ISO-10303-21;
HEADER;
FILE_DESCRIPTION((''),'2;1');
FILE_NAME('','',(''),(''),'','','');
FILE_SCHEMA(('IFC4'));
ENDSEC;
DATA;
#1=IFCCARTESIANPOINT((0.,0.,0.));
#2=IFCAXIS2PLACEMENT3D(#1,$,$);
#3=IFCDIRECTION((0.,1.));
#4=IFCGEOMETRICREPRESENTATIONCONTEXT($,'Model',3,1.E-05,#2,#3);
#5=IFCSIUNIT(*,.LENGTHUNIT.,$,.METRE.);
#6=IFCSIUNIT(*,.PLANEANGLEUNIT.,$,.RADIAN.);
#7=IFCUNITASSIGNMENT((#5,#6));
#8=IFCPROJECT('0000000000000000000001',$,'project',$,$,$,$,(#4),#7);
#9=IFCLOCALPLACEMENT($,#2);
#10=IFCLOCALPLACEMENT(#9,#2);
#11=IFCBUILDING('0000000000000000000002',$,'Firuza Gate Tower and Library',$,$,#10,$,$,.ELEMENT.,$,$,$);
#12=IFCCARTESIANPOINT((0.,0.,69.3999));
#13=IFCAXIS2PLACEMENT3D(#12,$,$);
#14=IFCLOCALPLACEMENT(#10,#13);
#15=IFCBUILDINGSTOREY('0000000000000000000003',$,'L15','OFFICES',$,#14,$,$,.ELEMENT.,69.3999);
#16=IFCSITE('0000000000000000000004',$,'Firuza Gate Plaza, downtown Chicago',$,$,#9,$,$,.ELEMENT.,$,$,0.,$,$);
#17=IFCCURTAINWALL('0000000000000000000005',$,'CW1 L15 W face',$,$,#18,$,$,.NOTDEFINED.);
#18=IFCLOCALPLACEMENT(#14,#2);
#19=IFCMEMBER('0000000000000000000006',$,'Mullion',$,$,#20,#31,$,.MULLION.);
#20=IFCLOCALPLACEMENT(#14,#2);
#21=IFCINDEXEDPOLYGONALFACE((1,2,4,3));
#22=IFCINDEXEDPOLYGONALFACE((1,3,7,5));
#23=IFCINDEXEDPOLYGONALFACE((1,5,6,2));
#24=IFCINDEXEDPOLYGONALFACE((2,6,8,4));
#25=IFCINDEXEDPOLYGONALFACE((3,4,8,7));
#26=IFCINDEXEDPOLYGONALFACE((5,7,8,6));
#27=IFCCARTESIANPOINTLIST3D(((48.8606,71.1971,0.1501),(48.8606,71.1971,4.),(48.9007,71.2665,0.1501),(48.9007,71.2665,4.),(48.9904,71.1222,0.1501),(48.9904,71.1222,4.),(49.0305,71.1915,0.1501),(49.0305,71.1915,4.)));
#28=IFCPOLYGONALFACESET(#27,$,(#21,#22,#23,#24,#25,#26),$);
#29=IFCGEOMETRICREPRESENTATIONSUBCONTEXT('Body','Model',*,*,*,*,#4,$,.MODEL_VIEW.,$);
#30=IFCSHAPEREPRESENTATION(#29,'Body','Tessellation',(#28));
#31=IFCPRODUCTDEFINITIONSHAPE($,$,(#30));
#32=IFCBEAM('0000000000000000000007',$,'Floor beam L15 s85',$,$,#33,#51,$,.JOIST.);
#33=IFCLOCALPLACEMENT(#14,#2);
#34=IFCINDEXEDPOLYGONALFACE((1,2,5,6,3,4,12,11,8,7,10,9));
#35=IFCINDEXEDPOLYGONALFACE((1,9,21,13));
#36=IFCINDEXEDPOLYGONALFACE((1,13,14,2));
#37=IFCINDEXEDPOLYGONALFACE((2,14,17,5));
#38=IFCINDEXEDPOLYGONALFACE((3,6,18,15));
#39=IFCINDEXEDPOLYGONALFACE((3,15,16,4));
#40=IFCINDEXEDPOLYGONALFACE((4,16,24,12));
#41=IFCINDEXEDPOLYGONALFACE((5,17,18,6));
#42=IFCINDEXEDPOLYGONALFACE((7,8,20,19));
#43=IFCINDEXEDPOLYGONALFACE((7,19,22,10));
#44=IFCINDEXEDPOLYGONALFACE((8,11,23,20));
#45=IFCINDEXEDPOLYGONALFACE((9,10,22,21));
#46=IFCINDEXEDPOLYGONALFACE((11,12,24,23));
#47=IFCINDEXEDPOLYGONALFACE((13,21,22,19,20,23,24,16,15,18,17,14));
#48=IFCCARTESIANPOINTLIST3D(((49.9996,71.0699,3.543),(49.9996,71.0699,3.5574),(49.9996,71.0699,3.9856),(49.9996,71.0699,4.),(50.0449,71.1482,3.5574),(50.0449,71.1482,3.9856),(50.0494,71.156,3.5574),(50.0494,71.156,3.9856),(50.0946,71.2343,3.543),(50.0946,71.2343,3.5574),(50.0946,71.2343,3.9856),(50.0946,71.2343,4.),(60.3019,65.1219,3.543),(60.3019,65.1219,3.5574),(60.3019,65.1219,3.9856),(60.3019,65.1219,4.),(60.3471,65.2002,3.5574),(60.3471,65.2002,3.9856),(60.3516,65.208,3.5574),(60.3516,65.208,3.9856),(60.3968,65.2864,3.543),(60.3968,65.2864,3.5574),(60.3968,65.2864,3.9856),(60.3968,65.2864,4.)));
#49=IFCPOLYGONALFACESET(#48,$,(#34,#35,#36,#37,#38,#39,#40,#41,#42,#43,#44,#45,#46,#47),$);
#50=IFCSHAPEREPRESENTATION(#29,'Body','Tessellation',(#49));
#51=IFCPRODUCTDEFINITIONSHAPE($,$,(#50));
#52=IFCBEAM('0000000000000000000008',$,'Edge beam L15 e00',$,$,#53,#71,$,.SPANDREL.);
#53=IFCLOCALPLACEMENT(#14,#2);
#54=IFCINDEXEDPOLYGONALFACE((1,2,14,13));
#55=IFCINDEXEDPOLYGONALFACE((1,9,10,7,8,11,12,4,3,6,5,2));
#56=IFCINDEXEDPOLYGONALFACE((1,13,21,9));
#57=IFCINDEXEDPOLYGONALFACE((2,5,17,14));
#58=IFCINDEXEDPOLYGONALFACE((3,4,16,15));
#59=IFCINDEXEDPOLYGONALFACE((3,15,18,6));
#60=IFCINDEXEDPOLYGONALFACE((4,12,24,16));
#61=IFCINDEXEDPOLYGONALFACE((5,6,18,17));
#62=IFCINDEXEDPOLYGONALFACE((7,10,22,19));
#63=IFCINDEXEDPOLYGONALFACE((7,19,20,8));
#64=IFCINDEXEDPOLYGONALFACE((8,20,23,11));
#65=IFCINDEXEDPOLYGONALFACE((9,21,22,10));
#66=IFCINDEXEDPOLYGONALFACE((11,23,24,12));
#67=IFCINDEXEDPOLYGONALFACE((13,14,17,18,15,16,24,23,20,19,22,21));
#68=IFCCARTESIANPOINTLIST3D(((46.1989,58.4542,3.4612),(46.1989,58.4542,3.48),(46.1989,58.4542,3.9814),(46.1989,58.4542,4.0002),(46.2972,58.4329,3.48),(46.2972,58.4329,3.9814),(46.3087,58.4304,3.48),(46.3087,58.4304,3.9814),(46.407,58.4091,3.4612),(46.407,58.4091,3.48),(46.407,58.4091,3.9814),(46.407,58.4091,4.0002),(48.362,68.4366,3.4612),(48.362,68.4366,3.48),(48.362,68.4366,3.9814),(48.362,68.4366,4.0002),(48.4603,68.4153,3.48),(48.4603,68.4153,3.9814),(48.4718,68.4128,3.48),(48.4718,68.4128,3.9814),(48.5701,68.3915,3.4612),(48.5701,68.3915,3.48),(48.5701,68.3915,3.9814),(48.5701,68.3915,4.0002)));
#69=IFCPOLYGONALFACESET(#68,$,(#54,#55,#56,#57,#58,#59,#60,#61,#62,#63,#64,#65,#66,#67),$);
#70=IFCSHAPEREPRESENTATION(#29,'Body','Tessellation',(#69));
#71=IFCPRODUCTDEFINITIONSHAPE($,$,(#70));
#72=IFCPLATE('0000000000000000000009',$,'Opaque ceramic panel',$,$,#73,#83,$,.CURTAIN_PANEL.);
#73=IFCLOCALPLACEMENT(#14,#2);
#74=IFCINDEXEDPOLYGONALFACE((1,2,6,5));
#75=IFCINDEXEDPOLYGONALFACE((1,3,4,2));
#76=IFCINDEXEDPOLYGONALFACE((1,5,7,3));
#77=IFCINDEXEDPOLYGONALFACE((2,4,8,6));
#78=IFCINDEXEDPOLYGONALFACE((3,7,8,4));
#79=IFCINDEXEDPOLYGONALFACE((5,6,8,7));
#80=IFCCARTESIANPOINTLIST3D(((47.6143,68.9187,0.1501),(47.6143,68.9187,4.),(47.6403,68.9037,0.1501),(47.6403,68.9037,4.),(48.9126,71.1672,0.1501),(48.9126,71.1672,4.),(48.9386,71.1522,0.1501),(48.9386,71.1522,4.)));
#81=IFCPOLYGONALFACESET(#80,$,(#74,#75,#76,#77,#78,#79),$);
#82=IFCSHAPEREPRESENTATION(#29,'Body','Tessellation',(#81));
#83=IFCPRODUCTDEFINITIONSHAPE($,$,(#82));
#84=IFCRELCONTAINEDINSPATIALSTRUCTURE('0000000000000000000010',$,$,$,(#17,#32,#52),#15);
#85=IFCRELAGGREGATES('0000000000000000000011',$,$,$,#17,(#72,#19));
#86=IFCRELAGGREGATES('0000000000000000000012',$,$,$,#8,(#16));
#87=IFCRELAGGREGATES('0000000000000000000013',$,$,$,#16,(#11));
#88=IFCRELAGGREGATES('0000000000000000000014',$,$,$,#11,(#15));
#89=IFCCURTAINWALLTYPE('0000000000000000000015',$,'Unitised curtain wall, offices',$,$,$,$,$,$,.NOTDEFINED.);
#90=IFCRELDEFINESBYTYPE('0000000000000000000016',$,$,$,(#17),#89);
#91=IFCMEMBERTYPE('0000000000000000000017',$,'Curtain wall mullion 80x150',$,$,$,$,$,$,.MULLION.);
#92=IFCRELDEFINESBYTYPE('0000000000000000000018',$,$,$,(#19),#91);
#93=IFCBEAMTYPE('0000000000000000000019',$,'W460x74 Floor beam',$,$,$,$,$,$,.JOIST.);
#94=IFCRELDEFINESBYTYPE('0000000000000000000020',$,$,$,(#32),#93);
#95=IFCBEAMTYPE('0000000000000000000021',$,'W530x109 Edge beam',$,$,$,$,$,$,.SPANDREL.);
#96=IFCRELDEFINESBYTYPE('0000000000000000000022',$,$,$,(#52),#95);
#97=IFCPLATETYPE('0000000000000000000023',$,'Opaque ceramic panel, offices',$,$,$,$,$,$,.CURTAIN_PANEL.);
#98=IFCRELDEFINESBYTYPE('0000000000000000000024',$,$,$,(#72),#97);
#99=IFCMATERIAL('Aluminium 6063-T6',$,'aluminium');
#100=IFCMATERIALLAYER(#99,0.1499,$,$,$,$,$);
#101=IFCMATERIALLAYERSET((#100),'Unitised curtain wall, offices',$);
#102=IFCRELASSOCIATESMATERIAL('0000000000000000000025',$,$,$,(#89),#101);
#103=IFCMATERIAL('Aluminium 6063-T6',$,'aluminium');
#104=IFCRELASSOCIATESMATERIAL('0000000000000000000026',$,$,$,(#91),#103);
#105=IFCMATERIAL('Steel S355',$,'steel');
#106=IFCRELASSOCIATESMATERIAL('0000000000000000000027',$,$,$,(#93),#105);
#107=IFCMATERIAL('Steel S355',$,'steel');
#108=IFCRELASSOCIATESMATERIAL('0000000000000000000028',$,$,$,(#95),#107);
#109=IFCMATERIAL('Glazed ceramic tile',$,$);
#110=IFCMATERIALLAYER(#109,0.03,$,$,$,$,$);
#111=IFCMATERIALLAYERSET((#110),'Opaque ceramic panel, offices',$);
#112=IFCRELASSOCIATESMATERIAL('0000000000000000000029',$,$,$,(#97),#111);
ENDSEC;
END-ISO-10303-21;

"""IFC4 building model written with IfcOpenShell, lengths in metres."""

from ifc_helpers import new_model, si_unit, direction, frame, origin, origin_2d, place, context, subcontext, project, spatial, polyline, rectangle, i_section, outline, extrude, material, layer, layer_set, material_profile, profile_set, type_object, element, aggregate, save


model = new_model("IFC4")

# Units and contexts
model_context = context("Model", 3, precision=1e-05, world=origin(), true_north=direction((0.0, 1.0)))
body_context = subcontext(model_context, "Body", "Model", "MODEL_VIEW")
ifc_project = project(units=[si_unit("LENGTHUNIT", "METRE"), si_unit("PLANEANGLEUNIT", "RADIAN")], contexts=[model_context])

# Site, building, storey
site_placement = place(None, origin())
site = spatial("IfcSite", under=ifc_project, at=site_placement, Name="Firuza Gate Plaza, downtown Chicago", CompositionType="ELEMENT", RefElevation=0.0)
building_placement = place(site_placement, origin())
building = spatial("IfcBuilding", under=site, at=building_placement, Name="Firuza Gate Tower and Library", CompositionType="ELEMENT")
storey_placement = place(building_placement, frame((0.0, 0.0, 69.3999)))
storey = spatial("IfcBuildingStorey", under=building, at=storey_placement, Name="L15", Description="OFFICES", CompositionType="ELEMENT", Elevation=69.3999)

# Curtain wall, member
ifc_material_1 = material(Name="Aluminium 6063-T6", Category="aluminium")
ifc_layer_1 = layer(ifc_material_1, 0.1499)
ifc_layer_set_1 = layer_set([ifc_layer_1], Name="Unitised curtain wall, offices")
curtain_wall_type = type_object("IfcCurtainWallType", Name="Unitised curtain wall, offices", PredefinedType="NOTDEFINED", material=ifc_layer_set_1)
curtain_wall_placement = place(storey_placement, origin())
curtain_wall = element("IfcCurtainWall", 1, at=curtain_wall_placement, inside=storey, type_object=curtain_wall_type, Name="CW1 L15 W face", PredefinedType="NOTDEFINED")
ifc_material_2 = material(Name="Aluminium 6063-T6", Category="aluminium")
ifc_material_profile_1 = material_profile(ifc_material_2, rectangle(XDim=0.1499, YDim=0.0801, at=origin_2d()))
ifc_profile_set_1 = profile_set([ifc_material_profile_1], Name="Aluminium 6063-T6")
member_type = type_object("IfcMemberType", Name="Curtain wall mullion 80x150", PredefinedType="MULLION", material=ifc_profile_set_1)
member_placement = place(storey_placement, frame((48.9456, 71.1943, 0.1501), z_axis=(0.0, 0.0, 1.0), x_axis=(0.866025, -0.5, 0.0)))
member = element("IfcMember", 2, at=member_placement, type_object=member_type, Name="Mullion", PredefinedType="MULLION", context=body_context, shape_type="SweptSolid", body=[
    extrude(rectangle(XDim=0.1499, YDim=0.0801, at=origin_2d()), origin(), (0.0, 0.0, 1.0), 3.8499),
])

# Beams
ifc_material_3 = material(Name="Steel S355", Category="steel")
ifc_material_profile_2 = material_profile(ifc_material_3, i_section(OverallWidth=0.1899, OverallDepth=0.457, WebThickness=0.009, FlangeThickness=0.0144, at=origin_2d()))
ifc_profile_set_2 = profile_set([ifc_material_profile_2], Name="Steel S355")
beam_type_1 = type_object("IfcBeamType", Name="W460x74 Floor beam", PredefinedType="JOIST", material=ifc_profile_set_2)
beam_1_placement = place(storey_placement, frame((50.0471, 71.1521, 3.7715), z_axis=(0.866026, -0.5, 0.0), x_axis=(0.5, 0.866026, 0.0)))
element("IfcBeam", 3, at=beam_1_placement, inside=storey, type_object=beam_type_1, Name="Floor beam L15 s85", PredefinedType="JOIST", context=body_context, shape_type="SweptSolid", body=[
    extrude(i_section(OverallWidth=0.1899, OverallDepth=0.457, WebThickness=0.009, FlangeThickness=0.0144, at=origin_2d()), origin(), (0.0, 0.0, 1.0), 11.896),
])
ifc_material_4 = material(Name="Steel S355", Category="steel")
ifc_material_profile_3 = material_profile(ifc_material_4, i_section(OverallWidth=0.2129, OverallDepth=0.5391, WebThickness=0.0117, FlangeThickness=0.0188, at=origin_2d()))
ifc_profile_set_3 = profile_set([ifc_material_profile_3], Name="Steel S355")
beam_type_2 = type_object("IfcBeamType", Name="W530x109 Edge beam", PredefinedType="SPANDREL", material=ifc_profile_set_3)
beam_2_placement = place(storey_placement, frame((48.4661, 68.4141, 3.7307), z_axis=(-0.211775, -0.977319, 0.0), x_axis=(0.977319, -0.211775, 0.0)))
element("IfcBeam", 4, at=beam_2_placement, inside=storey, type_object=beam_type_2, Name="Edge beam L15 e00", PredefinedType="SPANDREL", context=body_context, shape_type="SweptSolid", body=[
    extrude(i_section(OverallWidth=0.2129, OverallDepth=0.5391, WebThickness=0.0117, FlangeThickness=0.0188, at=origin_2d()), origin(), (0.0, 0.0, 1.0), 10.2141),
])

# Plate
ifc_material_5 = material(Name="Glazed ceramic tile")
ifc_layer_2 = layer(ifc_material_5, 0.03)
ifc_layer_set_2 = layer_set([ifc_layer_2], Name="Opaque ceramic panel, offices")
plate_type = type_object("IfcPlateType", Name="Opaque ceramic panel, offices", PredefinedType="CURTAIN_PANEL", material=ifc_layer_set_2)
plate_placement = place(storey_placement, frame((48.9126, 71.1672, 0.1501), z_axis=(-0.866001, 0.500043, 0.0), x_axis=(-0.500043, -0.866001, 0.0)))
plate = element("IfcPlate", 5, at=plate_placement, type_object=plate_type, Name="Opaque ceramic panel", PredefinedType="CURTAIN_PANEL", context=body_context, shape_type="SweptSolid", body=[
    extrude(outline(polyline([(0.0, 0.0), (2.5965, 0.0), (2.5965, 3.8499), (0.0, 3.8499), (0.0, 0.0)])), origin(), (0.0, 0.0, -1.0), 0.03),
])
aggregate(curtain_wall, [plate, member])

save(model, "model.ifc")
